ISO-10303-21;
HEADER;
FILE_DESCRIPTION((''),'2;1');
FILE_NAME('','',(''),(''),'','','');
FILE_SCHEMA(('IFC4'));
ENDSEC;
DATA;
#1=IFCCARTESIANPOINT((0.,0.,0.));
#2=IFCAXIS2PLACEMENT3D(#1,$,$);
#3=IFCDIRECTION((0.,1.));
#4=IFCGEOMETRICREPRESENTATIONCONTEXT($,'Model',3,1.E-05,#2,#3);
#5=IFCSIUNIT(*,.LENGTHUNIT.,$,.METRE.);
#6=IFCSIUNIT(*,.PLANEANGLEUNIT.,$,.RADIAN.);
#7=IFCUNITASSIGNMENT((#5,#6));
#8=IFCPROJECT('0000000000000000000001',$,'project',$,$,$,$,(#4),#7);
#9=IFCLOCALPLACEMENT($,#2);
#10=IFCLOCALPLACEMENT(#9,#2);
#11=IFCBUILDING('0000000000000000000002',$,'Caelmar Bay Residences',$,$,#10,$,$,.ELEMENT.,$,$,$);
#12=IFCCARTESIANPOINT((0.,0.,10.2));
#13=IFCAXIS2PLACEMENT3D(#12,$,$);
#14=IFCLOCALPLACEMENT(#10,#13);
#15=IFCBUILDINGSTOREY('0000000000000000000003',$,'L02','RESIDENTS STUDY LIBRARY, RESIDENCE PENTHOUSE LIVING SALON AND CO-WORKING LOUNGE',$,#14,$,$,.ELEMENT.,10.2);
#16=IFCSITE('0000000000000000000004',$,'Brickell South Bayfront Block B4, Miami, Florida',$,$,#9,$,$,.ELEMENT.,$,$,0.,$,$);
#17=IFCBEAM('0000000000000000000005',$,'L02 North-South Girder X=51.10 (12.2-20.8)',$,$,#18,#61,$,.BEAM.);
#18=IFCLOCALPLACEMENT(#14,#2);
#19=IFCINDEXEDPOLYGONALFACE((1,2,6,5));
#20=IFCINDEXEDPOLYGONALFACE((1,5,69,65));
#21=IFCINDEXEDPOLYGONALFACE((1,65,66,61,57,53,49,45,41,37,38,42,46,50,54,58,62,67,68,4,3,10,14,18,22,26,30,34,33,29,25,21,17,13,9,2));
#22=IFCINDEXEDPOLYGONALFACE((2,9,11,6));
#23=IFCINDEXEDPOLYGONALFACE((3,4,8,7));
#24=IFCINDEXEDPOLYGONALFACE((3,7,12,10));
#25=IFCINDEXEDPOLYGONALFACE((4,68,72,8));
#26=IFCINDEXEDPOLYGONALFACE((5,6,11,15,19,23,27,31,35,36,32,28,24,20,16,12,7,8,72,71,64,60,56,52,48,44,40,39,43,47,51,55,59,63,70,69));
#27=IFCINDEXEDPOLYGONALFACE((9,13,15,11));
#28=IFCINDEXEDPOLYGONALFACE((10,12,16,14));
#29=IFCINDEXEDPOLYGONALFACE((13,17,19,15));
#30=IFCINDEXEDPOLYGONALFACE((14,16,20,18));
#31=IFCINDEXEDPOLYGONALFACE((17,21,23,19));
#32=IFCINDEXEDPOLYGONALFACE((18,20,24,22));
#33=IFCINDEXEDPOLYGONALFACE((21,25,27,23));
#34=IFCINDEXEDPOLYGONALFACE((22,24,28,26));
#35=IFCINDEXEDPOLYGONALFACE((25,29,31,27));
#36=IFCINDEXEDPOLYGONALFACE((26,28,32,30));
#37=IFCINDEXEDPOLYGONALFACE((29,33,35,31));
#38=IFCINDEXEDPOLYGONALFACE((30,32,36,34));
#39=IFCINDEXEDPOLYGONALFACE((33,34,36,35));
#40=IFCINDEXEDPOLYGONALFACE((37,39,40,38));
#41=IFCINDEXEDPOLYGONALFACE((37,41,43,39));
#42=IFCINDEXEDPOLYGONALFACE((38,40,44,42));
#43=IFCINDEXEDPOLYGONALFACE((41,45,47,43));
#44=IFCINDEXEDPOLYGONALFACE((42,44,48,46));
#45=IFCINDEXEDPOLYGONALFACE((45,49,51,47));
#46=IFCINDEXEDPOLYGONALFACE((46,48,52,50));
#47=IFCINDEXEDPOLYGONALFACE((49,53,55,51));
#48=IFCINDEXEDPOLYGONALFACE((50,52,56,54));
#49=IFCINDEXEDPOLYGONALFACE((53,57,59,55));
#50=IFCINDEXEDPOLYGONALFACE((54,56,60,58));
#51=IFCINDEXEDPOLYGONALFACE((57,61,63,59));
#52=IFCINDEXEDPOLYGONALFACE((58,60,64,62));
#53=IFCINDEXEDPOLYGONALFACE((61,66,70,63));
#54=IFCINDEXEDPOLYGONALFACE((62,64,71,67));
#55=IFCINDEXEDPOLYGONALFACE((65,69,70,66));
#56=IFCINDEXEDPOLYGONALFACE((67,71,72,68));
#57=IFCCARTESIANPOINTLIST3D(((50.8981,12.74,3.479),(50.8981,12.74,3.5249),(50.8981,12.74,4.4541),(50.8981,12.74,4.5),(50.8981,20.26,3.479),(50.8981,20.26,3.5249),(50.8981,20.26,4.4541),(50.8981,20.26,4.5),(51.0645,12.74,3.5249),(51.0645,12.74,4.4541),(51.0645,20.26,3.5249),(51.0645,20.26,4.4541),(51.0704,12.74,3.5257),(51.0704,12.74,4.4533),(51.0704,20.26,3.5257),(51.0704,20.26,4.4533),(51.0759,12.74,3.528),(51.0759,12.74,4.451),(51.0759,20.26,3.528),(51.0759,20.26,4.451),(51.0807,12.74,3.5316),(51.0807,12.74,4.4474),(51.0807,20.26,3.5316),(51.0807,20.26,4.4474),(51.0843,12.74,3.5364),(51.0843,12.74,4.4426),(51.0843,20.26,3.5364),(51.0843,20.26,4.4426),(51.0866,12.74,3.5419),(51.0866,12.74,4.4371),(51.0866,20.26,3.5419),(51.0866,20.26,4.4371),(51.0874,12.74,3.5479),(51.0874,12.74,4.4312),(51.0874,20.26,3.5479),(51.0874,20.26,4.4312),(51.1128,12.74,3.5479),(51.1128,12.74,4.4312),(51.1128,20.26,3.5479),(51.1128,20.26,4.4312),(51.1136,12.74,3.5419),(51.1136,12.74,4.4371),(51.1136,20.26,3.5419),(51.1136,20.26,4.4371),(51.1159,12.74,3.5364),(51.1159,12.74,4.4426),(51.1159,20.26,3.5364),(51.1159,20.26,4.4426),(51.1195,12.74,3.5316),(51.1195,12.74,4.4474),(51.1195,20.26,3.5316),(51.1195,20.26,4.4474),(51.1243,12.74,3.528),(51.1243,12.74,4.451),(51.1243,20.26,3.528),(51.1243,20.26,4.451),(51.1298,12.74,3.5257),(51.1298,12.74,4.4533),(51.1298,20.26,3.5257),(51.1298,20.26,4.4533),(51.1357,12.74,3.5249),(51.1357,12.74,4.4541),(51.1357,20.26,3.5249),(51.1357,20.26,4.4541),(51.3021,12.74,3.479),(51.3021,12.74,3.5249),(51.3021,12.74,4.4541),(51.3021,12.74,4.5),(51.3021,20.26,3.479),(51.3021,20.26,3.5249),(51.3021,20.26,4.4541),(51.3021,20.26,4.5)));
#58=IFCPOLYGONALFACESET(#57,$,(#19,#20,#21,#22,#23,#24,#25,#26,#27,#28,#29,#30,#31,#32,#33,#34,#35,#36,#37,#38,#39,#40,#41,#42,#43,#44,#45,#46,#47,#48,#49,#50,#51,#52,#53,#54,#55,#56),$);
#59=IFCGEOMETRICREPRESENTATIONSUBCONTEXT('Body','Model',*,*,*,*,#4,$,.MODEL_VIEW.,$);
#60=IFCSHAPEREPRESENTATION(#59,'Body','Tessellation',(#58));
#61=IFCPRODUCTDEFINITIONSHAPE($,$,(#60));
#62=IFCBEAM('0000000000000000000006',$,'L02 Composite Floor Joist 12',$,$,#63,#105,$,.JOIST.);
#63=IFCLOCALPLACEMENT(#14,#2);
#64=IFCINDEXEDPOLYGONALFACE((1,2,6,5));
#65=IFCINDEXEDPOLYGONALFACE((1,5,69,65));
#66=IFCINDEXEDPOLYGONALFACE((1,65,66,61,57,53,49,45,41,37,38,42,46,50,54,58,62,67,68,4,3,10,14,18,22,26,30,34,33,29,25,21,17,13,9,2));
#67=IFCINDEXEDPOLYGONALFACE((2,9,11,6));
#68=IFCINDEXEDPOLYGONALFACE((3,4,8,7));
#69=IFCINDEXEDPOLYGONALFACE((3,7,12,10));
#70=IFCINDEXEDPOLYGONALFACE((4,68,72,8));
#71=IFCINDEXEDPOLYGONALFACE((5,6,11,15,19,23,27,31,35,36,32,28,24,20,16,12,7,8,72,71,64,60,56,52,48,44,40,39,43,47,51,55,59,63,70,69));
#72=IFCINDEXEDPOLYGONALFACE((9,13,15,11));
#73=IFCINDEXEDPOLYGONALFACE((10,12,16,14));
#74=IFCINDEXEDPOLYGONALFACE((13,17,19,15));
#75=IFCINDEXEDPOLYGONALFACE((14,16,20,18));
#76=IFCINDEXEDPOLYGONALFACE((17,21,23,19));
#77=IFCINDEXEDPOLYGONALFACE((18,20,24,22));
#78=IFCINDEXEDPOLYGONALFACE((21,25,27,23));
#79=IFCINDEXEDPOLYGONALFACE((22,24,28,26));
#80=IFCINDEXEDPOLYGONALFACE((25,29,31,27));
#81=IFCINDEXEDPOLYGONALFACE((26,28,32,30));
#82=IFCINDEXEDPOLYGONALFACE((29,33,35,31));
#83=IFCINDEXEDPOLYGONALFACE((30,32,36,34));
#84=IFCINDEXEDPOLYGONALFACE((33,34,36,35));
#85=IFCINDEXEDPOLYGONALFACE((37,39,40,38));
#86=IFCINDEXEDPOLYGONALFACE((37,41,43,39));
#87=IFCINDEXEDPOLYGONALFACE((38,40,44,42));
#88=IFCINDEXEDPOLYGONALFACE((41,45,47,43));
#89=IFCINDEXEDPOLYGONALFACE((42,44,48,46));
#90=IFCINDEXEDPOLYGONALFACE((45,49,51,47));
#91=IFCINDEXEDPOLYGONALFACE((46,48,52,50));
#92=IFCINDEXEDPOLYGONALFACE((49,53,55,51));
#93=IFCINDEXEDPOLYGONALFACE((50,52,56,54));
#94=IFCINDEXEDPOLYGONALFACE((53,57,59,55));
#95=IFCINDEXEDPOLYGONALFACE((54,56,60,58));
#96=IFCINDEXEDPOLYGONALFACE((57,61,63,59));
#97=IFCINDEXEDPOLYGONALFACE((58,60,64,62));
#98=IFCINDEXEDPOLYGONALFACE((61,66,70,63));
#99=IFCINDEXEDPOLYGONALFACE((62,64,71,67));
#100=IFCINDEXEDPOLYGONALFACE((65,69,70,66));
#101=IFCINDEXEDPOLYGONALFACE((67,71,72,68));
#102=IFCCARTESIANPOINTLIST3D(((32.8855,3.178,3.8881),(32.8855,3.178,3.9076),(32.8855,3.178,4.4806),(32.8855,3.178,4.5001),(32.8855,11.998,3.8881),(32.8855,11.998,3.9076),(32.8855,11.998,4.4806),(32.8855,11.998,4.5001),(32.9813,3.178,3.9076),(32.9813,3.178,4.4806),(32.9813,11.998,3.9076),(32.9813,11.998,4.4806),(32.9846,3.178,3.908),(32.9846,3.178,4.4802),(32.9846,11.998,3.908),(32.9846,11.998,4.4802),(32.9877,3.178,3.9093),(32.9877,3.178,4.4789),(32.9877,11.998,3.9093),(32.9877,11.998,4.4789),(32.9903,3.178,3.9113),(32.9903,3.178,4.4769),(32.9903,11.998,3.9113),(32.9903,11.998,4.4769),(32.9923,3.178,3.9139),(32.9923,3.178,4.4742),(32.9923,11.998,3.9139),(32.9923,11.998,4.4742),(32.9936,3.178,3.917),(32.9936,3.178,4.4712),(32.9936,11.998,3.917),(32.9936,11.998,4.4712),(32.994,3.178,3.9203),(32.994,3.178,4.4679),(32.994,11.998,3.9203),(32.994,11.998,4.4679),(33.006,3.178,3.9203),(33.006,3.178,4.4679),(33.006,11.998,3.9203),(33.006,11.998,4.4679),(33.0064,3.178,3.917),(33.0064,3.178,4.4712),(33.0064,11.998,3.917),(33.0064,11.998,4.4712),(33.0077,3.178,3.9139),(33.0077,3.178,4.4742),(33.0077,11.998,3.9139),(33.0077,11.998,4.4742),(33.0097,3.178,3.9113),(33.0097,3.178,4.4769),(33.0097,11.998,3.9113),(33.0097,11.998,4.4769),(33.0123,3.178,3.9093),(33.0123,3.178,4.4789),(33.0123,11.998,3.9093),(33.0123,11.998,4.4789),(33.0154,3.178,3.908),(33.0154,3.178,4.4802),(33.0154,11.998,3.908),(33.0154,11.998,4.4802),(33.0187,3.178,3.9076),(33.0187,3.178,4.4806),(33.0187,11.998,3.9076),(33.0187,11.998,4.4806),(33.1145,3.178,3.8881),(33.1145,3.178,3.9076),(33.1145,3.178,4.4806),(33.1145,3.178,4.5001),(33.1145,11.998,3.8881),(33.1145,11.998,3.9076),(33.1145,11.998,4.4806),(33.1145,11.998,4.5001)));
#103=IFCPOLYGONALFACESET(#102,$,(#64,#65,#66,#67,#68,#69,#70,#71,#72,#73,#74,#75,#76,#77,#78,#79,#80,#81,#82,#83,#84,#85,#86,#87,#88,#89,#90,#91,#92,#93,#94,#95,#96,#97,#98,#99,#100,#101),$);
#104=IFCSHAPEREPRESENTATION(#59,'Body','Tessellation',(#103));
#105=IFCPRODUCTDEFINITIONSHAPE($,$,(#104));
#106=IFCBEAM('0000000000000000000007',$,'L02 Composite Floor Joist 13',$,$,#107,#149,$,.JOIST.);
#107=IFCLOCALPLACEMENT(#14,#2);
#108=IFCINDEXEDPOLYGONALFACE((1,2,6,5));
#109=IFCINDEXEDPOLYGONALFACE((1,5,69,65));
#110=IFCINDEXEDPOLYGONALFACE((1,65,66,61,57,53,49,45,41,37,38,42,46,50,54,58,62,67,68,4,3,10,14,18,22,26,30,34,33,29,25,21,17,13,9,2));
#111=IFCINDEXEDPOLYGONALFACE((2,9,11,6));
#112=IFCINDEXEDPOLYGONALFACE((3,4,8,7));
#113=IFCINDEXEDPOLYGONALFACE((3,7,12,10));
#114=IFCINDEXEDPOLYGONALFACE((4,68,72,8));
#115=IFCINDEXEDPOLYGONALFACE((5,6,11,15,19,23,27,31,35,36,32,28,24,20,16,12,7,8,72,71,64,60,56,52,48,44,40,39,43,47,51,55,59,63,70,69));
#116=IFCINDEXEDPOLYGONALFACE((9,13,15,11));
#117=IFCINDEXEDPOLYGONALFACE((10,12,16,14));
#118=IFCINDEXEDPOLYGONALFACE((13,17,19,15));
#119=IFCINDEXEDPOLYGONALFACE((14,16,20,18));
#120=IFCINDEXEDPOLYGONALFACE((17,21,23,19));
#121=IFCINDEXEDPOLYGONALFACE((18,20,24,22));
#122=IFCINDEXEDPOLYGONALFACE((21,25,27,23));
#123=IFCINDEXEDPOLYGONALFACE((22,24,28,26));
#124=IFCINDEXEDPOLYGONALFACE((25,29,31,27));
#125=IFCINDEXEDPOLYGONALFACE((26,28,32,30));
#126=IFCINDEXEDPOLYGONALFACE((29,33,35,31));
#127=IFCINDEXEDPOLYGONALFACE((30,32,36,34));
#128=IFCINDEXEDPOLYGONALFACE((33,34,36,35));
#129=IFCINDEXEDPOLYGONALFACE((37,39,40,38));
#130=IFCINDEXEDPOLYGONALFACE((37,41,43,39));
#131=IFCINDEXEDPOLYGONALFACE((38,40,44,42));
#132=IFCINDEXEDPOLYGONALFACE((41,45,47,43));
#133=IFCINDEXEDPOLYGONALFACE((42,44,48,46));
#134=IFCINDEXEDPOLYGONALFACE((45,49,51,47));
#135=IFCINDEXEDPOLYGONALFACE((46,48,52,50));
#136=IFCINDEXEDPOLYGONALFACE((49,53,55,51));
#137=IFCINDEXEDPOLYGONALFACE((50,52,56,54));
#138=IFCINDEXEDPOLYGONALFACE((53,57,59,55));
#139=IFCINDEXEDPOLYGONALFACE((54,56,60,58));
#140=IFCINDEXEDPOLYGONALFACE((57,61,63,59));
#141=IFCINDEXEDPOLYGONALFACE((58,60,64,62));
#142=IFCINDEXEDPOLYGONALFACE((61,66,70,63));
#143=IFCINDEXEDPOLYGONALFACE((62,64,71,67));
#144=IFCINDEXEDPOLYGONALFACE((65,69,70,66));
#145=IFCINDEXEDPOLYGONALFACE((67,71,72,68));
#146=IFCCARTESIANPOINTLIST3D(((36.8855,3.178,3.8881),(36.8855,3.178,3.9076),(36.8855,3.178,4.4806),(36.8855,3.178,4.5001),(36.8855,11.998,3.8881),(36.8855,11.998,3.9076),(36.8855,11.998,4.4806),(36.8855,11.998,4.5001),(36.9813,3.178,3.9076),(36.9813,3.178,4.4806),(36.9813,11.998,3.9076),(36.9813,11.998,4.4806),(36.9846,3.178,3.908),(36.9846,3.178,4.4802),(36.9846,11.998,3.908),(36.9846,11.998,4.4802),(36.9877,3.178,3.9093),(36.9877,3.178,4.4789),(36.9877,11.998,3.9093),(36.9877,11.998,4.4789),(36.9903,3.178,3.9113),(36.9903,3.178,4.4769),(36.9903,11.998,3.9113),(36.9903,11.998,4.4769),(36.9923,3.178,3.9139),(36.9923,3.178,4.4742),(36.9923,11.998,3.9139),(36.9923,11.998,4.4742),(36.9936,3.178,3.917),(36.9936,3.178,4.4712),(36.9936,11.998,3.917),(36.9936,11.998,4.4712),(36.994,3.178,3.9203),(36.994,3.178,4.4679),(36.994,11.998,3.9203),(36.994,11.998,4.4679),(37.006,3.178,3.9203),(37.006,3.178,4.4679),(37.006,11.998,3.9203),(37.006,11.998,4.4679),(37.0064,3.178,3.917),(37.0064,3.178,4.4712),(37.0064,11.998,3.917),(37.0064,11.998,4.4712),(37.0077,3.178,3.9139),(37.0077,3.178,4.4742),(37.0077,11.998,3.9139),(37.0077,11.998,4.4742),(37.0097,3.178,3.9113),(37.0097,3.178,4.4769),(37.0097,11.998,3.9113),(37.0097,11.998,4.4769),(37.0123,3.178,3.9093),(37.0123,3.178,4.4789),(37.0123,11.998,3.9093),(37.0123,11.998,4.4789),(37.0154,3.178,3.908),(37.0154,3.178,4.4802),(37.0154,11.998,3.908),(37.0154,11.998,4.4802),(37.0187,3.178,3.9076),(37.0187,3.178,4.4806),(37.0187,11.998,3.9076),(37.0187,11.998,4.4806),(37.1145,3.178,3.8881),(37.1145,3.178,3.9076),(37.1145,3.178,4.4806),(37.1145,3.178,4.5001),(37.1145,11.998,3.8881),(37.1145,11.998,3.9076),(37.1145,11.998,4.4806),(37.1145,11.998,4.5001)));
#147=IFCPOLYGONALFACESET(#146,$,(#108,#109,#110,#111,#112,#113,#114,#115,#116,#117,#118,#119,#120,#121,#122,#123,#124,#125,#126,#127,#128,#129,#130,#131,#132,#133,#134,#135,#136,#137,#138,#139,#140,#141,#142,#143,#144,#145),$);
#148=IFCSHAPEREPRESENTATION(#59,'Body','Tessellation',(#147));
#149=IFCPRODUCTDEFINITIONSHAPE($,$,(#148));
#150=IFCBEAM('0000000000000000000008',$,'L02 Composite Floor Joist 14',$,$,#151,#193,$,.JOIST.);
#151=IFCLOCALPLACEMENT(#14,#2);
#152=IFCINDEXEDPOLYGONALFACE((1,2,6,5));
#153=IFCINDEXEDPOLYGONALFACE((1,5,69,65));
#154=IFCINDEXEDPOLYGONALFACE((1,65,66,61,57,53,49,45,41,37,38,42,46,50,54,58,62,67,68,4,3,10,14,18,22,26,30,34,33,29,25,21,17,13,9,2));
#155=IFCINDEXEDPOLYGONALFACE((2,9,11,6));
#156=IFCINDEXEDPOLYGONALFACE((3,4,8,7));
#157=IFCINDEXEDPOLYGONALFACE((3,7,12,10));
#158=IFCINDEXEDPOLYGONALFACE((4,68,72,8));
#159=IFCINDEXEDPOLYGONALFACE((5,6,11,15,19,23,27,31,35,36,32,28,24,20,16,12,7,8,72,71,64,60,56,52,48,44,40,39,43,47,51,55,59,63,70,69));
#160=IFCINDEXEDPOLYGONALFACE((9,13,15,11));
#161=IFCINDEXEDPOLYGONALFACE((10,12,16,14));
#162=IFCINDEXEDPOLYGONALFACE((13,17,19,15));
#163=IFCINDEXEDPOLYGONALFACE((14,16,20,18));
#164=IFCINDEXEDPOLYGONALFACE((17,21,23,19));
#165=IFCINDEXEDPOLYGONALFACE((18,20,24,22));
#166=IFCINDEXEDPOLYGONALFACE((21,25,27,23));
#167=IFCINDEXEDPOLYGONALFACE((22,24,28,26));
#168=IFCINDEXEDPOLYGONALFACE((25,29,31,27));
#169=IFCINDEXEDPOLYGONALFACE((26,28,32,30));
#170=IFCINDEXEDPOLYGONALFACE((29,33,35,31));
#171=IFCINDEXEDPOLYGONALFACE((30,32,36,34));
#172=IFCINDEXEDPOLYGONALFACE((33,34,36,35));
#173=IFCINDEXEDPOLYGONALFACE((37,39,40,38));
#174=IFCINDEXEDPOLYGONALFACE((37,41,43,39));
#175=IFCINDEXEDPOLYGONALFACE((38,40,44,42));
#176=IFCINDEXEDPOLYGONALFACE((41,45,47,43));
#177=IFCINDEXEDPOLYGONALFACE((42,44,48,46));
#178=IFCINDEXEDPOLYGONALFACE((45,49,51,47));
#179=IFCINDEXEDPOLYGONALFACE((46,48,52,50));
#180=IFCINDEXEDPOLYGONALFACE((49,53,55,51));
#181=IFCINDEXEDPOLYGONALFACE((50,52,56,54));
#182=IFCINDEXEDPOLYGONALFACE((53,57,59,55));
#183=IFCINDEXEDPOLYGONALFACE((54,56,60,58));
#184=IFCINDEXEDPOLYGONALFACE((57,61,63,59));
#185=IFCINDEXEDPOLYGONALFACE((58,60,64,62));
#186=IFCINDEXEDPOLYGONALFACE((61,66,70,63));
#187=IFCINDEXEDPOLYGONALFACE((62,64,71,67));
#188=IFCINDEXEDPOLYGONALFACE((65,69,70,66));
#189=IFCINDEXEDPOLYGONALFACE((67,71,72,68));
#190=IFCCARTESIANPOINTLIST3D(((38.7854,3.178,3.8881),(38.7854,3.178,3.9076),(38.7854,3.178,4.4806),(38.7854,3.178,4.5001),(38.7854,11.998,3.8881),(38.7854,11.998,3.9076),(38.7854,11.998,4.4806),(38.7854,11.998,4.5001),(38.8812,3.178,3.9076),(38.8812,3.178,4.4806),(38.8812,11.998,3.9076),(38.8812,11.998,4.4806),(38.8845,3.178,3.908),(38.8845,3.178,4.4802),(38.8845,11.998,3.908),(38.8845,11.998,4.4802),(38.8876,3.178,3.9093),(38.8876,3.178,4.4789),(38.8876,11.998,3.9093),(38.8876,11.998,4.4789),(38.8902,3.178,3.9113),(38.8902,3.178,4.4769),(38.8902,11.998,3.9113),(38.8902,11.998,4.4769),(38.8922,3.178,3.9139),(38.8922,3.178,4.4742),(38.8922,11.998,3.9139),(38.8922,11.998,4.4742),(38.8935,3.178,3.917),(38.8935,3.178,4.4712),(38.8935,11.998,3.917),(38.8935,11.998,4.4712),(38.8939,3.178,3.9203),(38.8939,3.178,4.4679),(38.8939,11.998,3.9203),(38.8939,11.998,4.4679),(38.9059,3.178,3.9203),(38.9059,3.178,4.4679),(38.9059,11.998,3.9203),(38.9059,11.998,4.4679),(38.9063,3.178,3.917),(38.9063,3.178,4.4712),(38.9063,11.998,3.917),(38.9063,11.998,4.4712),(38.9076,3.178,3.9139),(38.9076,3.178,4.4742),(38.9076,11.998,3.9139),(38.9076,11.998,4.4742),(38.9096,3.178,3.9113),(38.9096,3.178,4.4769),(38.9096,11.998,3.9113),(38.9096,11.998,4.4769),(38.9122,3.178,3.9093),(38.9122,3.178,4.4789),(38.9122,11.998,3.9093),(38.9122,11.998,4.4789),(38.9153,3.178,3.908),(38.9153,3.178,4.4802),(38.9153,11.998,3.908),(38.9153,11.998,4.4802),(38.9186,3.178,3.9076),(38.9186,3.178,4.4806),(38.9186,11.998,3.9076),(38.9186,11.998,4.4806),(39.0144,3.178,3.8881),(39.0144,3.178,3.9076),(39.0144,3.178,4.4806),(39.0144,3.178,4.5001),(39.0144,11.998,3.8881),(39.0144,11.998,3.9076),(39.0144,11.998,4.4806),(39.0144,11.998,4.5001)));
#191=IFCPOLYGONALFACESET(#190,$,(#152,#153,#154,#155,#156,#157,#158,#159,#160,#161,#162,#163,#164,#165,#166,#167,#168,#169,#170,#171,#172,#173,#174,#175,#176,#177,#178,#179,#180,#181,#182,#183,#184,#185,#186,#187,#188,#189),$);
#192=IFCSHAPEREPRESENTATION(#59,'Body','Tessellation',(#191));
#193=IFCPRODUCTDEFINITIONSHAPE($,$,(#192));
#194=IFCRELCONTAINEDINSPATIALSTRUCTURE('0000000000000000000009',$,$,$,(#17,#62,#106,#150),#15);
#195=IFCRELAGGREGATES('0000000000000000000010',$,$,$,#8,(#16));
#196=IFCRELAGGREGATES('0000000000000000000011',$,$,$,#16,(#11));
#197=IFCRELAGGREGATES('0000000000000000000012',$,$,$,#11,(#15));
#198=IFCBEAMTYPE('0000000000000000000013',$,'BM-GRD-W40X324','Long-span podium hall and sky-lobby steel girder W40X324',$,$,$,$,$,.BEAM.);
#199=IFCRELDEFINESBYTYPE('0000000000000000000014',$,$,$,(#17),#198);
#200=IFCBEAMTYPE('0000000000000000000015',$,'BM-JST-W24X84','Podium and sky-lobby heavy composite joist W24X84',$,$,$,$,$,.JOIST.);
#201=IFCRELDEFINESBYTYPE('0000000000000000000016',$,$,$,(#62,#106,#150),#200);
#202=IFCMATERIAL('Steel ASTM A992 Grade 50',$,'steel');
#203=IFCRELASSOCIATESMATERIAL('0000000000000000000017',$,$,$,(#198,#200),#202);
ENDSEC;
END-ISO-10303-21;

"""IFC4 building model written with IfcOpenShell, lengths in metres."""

from ifc_helpers import new_model, si_unit, direction, frame, origin, origin_2d, place, context, subcontext, project, spatial, i_section, extrude, material, material_profile, profile_set, type_object, element, save


model = new_model("IFC4")

# Units and contexts
model_context = context("Model", 3, precision=1e-05, world=origin(), true_north=direction((0.0, 1.0)))
body_context = subcontext(model_context, "Body", "Model", "MODEL_VIEW")
ifc_project = project(units=[si_unit("LENGTHUNIT", "METRE"), si_unit("PLANEANGLEUNIT", "RADIAN")], contexts=[model_context])

# Site, building, storey
site_placement = place(None, origin())
site = spatial("IfcSite", under=ifc_project, at=site_placement, Name="Brickell South Bayfront Block B4, Miami, Florida", CompositionType="ELEMENT", RefElevation=0.0)
building_placement = place(site_placement, origin())
building = spatial("IfcBuilding", under=site, at=building_placement, Name="Caelmar Bay Residences", CompositionType="ELEMENT")
storey_placement = place(building_placement, frame((0.0, 0.0, 10.2)))
storey = spatial("IfcBuildingStorey", under=building, at=storey_placement, Name="L02", Description="RESIDENTS STUDY LIBRARY, RESIDENCE PENTHOUSE LIVING SALON AND CO-WORKING LOUNGE", CompositionType="ELEMENT", Elevation=10.2)

# Beams
ifc_material_1 = material(Name="Steel ASTM A992 Grade 50", Category="steel")
ifc_material_profile_1 = material_profile(ifc_material_1, i_section(OverallWidth=0.4041, OverallDepth=1.021, WebThickness=0.0254, FlangeThickness=0.0459, FilletRadius=0.0229, at=origin_2d()), Name="W40X324")
ifc_profile_set_1 = profile_set([ifc_material_profile_1], Name="Steel ASTM A992 Grade 50")
beam_type_1 = type_object("IfcBeamType", Name="BM-GRD-W40X324", Description="Long-span podium hall and sky-lobby steel girder W40X324", PredefinedType="BEAM", material=ifc_profile_set_1)
beam_1_placement = place(storey_placement, frame((51.1001, 12.74, 3.9895), z_axis=(0.0, 1.0, 0.0), x_axis=(-1.0, 0.0, 0.0)))
element("IfcBeam", 1, at=beam_1_placement, inside=storey, type_object=beam_type_1, Name="L02 North-South Girder X=51.10 (12.2-20.8)", PredefinedType="BEAM", context=body_context, shape_type="SweptSolid", body=[
    extrude(i_section(OverallWidth=0.4041, OverallDepth=1.021, WebThickness=0.0254, FlangeThickness=0.0459, FilletRadius=0.0229, at=origin_2d()), origin(), (0.0, 0.0, 1.0), 7.52),
])
ifc_material_profile_2 = material_profile(ifc_material_1, i_section(OverallWidth=0.229, OverallDepth=0.6121, WebThickness=0.012, FlangeThickness=0.0195, FilletRadius=0.0127, at=origin_2d()), Name="W24X84")
ifc_profile_set_2 = profile_set([ifc_material_profile_2], Name="Steel ASTM A992 Grade 50")
beam_type_2 = type_object("IfcBeamType", Name="BM-JST-W24X84", Description="Podium and sky-lobby heavy composite joist W24X84", PredefinedType="JOIST", material=ifc_profile_set_2)
for number, where, z_axis, x_axis, name in (
    (2, (33.0, 3.178, 4.1941), (0.0, 1.0, 0.0), (-1.0, 0.0, 0.0), "L02 Composite Floor Joist 12"),
    (3, (37.0, 3.178, 4.1941), (0.0, 1.0, 0.0), (-1.0, 0.0, 0.0), "L02 Composite Floor Joist 13"),
    (4, (38.8999, 3.178, 4.1941), (0.0, 1.0, 0.0), (-1.0, 0.0, 0.0), "L02 Composite Floor Joist 14"),
):
    element("IfcBeam", number, at=place(storey_placement, frame(where, z_axis=z_axis, x_axis=x_axis)), inside=storey, type_object=beam_type_2, Name=name, PredefinedType="JOIST", context=body_context, shape_type="SweptSolid", body=[
        extrude(i_section(OverallWidth=0.229, OverallDepth=0.6121, WebThickness=0.012, FlangeThickness=0.0195, FilletRadius=0.0127, at=origin_2d()), origin(), (0.0, 0.0, 1.0), 8.8201),
    ])

save(model, "model.ifc")
